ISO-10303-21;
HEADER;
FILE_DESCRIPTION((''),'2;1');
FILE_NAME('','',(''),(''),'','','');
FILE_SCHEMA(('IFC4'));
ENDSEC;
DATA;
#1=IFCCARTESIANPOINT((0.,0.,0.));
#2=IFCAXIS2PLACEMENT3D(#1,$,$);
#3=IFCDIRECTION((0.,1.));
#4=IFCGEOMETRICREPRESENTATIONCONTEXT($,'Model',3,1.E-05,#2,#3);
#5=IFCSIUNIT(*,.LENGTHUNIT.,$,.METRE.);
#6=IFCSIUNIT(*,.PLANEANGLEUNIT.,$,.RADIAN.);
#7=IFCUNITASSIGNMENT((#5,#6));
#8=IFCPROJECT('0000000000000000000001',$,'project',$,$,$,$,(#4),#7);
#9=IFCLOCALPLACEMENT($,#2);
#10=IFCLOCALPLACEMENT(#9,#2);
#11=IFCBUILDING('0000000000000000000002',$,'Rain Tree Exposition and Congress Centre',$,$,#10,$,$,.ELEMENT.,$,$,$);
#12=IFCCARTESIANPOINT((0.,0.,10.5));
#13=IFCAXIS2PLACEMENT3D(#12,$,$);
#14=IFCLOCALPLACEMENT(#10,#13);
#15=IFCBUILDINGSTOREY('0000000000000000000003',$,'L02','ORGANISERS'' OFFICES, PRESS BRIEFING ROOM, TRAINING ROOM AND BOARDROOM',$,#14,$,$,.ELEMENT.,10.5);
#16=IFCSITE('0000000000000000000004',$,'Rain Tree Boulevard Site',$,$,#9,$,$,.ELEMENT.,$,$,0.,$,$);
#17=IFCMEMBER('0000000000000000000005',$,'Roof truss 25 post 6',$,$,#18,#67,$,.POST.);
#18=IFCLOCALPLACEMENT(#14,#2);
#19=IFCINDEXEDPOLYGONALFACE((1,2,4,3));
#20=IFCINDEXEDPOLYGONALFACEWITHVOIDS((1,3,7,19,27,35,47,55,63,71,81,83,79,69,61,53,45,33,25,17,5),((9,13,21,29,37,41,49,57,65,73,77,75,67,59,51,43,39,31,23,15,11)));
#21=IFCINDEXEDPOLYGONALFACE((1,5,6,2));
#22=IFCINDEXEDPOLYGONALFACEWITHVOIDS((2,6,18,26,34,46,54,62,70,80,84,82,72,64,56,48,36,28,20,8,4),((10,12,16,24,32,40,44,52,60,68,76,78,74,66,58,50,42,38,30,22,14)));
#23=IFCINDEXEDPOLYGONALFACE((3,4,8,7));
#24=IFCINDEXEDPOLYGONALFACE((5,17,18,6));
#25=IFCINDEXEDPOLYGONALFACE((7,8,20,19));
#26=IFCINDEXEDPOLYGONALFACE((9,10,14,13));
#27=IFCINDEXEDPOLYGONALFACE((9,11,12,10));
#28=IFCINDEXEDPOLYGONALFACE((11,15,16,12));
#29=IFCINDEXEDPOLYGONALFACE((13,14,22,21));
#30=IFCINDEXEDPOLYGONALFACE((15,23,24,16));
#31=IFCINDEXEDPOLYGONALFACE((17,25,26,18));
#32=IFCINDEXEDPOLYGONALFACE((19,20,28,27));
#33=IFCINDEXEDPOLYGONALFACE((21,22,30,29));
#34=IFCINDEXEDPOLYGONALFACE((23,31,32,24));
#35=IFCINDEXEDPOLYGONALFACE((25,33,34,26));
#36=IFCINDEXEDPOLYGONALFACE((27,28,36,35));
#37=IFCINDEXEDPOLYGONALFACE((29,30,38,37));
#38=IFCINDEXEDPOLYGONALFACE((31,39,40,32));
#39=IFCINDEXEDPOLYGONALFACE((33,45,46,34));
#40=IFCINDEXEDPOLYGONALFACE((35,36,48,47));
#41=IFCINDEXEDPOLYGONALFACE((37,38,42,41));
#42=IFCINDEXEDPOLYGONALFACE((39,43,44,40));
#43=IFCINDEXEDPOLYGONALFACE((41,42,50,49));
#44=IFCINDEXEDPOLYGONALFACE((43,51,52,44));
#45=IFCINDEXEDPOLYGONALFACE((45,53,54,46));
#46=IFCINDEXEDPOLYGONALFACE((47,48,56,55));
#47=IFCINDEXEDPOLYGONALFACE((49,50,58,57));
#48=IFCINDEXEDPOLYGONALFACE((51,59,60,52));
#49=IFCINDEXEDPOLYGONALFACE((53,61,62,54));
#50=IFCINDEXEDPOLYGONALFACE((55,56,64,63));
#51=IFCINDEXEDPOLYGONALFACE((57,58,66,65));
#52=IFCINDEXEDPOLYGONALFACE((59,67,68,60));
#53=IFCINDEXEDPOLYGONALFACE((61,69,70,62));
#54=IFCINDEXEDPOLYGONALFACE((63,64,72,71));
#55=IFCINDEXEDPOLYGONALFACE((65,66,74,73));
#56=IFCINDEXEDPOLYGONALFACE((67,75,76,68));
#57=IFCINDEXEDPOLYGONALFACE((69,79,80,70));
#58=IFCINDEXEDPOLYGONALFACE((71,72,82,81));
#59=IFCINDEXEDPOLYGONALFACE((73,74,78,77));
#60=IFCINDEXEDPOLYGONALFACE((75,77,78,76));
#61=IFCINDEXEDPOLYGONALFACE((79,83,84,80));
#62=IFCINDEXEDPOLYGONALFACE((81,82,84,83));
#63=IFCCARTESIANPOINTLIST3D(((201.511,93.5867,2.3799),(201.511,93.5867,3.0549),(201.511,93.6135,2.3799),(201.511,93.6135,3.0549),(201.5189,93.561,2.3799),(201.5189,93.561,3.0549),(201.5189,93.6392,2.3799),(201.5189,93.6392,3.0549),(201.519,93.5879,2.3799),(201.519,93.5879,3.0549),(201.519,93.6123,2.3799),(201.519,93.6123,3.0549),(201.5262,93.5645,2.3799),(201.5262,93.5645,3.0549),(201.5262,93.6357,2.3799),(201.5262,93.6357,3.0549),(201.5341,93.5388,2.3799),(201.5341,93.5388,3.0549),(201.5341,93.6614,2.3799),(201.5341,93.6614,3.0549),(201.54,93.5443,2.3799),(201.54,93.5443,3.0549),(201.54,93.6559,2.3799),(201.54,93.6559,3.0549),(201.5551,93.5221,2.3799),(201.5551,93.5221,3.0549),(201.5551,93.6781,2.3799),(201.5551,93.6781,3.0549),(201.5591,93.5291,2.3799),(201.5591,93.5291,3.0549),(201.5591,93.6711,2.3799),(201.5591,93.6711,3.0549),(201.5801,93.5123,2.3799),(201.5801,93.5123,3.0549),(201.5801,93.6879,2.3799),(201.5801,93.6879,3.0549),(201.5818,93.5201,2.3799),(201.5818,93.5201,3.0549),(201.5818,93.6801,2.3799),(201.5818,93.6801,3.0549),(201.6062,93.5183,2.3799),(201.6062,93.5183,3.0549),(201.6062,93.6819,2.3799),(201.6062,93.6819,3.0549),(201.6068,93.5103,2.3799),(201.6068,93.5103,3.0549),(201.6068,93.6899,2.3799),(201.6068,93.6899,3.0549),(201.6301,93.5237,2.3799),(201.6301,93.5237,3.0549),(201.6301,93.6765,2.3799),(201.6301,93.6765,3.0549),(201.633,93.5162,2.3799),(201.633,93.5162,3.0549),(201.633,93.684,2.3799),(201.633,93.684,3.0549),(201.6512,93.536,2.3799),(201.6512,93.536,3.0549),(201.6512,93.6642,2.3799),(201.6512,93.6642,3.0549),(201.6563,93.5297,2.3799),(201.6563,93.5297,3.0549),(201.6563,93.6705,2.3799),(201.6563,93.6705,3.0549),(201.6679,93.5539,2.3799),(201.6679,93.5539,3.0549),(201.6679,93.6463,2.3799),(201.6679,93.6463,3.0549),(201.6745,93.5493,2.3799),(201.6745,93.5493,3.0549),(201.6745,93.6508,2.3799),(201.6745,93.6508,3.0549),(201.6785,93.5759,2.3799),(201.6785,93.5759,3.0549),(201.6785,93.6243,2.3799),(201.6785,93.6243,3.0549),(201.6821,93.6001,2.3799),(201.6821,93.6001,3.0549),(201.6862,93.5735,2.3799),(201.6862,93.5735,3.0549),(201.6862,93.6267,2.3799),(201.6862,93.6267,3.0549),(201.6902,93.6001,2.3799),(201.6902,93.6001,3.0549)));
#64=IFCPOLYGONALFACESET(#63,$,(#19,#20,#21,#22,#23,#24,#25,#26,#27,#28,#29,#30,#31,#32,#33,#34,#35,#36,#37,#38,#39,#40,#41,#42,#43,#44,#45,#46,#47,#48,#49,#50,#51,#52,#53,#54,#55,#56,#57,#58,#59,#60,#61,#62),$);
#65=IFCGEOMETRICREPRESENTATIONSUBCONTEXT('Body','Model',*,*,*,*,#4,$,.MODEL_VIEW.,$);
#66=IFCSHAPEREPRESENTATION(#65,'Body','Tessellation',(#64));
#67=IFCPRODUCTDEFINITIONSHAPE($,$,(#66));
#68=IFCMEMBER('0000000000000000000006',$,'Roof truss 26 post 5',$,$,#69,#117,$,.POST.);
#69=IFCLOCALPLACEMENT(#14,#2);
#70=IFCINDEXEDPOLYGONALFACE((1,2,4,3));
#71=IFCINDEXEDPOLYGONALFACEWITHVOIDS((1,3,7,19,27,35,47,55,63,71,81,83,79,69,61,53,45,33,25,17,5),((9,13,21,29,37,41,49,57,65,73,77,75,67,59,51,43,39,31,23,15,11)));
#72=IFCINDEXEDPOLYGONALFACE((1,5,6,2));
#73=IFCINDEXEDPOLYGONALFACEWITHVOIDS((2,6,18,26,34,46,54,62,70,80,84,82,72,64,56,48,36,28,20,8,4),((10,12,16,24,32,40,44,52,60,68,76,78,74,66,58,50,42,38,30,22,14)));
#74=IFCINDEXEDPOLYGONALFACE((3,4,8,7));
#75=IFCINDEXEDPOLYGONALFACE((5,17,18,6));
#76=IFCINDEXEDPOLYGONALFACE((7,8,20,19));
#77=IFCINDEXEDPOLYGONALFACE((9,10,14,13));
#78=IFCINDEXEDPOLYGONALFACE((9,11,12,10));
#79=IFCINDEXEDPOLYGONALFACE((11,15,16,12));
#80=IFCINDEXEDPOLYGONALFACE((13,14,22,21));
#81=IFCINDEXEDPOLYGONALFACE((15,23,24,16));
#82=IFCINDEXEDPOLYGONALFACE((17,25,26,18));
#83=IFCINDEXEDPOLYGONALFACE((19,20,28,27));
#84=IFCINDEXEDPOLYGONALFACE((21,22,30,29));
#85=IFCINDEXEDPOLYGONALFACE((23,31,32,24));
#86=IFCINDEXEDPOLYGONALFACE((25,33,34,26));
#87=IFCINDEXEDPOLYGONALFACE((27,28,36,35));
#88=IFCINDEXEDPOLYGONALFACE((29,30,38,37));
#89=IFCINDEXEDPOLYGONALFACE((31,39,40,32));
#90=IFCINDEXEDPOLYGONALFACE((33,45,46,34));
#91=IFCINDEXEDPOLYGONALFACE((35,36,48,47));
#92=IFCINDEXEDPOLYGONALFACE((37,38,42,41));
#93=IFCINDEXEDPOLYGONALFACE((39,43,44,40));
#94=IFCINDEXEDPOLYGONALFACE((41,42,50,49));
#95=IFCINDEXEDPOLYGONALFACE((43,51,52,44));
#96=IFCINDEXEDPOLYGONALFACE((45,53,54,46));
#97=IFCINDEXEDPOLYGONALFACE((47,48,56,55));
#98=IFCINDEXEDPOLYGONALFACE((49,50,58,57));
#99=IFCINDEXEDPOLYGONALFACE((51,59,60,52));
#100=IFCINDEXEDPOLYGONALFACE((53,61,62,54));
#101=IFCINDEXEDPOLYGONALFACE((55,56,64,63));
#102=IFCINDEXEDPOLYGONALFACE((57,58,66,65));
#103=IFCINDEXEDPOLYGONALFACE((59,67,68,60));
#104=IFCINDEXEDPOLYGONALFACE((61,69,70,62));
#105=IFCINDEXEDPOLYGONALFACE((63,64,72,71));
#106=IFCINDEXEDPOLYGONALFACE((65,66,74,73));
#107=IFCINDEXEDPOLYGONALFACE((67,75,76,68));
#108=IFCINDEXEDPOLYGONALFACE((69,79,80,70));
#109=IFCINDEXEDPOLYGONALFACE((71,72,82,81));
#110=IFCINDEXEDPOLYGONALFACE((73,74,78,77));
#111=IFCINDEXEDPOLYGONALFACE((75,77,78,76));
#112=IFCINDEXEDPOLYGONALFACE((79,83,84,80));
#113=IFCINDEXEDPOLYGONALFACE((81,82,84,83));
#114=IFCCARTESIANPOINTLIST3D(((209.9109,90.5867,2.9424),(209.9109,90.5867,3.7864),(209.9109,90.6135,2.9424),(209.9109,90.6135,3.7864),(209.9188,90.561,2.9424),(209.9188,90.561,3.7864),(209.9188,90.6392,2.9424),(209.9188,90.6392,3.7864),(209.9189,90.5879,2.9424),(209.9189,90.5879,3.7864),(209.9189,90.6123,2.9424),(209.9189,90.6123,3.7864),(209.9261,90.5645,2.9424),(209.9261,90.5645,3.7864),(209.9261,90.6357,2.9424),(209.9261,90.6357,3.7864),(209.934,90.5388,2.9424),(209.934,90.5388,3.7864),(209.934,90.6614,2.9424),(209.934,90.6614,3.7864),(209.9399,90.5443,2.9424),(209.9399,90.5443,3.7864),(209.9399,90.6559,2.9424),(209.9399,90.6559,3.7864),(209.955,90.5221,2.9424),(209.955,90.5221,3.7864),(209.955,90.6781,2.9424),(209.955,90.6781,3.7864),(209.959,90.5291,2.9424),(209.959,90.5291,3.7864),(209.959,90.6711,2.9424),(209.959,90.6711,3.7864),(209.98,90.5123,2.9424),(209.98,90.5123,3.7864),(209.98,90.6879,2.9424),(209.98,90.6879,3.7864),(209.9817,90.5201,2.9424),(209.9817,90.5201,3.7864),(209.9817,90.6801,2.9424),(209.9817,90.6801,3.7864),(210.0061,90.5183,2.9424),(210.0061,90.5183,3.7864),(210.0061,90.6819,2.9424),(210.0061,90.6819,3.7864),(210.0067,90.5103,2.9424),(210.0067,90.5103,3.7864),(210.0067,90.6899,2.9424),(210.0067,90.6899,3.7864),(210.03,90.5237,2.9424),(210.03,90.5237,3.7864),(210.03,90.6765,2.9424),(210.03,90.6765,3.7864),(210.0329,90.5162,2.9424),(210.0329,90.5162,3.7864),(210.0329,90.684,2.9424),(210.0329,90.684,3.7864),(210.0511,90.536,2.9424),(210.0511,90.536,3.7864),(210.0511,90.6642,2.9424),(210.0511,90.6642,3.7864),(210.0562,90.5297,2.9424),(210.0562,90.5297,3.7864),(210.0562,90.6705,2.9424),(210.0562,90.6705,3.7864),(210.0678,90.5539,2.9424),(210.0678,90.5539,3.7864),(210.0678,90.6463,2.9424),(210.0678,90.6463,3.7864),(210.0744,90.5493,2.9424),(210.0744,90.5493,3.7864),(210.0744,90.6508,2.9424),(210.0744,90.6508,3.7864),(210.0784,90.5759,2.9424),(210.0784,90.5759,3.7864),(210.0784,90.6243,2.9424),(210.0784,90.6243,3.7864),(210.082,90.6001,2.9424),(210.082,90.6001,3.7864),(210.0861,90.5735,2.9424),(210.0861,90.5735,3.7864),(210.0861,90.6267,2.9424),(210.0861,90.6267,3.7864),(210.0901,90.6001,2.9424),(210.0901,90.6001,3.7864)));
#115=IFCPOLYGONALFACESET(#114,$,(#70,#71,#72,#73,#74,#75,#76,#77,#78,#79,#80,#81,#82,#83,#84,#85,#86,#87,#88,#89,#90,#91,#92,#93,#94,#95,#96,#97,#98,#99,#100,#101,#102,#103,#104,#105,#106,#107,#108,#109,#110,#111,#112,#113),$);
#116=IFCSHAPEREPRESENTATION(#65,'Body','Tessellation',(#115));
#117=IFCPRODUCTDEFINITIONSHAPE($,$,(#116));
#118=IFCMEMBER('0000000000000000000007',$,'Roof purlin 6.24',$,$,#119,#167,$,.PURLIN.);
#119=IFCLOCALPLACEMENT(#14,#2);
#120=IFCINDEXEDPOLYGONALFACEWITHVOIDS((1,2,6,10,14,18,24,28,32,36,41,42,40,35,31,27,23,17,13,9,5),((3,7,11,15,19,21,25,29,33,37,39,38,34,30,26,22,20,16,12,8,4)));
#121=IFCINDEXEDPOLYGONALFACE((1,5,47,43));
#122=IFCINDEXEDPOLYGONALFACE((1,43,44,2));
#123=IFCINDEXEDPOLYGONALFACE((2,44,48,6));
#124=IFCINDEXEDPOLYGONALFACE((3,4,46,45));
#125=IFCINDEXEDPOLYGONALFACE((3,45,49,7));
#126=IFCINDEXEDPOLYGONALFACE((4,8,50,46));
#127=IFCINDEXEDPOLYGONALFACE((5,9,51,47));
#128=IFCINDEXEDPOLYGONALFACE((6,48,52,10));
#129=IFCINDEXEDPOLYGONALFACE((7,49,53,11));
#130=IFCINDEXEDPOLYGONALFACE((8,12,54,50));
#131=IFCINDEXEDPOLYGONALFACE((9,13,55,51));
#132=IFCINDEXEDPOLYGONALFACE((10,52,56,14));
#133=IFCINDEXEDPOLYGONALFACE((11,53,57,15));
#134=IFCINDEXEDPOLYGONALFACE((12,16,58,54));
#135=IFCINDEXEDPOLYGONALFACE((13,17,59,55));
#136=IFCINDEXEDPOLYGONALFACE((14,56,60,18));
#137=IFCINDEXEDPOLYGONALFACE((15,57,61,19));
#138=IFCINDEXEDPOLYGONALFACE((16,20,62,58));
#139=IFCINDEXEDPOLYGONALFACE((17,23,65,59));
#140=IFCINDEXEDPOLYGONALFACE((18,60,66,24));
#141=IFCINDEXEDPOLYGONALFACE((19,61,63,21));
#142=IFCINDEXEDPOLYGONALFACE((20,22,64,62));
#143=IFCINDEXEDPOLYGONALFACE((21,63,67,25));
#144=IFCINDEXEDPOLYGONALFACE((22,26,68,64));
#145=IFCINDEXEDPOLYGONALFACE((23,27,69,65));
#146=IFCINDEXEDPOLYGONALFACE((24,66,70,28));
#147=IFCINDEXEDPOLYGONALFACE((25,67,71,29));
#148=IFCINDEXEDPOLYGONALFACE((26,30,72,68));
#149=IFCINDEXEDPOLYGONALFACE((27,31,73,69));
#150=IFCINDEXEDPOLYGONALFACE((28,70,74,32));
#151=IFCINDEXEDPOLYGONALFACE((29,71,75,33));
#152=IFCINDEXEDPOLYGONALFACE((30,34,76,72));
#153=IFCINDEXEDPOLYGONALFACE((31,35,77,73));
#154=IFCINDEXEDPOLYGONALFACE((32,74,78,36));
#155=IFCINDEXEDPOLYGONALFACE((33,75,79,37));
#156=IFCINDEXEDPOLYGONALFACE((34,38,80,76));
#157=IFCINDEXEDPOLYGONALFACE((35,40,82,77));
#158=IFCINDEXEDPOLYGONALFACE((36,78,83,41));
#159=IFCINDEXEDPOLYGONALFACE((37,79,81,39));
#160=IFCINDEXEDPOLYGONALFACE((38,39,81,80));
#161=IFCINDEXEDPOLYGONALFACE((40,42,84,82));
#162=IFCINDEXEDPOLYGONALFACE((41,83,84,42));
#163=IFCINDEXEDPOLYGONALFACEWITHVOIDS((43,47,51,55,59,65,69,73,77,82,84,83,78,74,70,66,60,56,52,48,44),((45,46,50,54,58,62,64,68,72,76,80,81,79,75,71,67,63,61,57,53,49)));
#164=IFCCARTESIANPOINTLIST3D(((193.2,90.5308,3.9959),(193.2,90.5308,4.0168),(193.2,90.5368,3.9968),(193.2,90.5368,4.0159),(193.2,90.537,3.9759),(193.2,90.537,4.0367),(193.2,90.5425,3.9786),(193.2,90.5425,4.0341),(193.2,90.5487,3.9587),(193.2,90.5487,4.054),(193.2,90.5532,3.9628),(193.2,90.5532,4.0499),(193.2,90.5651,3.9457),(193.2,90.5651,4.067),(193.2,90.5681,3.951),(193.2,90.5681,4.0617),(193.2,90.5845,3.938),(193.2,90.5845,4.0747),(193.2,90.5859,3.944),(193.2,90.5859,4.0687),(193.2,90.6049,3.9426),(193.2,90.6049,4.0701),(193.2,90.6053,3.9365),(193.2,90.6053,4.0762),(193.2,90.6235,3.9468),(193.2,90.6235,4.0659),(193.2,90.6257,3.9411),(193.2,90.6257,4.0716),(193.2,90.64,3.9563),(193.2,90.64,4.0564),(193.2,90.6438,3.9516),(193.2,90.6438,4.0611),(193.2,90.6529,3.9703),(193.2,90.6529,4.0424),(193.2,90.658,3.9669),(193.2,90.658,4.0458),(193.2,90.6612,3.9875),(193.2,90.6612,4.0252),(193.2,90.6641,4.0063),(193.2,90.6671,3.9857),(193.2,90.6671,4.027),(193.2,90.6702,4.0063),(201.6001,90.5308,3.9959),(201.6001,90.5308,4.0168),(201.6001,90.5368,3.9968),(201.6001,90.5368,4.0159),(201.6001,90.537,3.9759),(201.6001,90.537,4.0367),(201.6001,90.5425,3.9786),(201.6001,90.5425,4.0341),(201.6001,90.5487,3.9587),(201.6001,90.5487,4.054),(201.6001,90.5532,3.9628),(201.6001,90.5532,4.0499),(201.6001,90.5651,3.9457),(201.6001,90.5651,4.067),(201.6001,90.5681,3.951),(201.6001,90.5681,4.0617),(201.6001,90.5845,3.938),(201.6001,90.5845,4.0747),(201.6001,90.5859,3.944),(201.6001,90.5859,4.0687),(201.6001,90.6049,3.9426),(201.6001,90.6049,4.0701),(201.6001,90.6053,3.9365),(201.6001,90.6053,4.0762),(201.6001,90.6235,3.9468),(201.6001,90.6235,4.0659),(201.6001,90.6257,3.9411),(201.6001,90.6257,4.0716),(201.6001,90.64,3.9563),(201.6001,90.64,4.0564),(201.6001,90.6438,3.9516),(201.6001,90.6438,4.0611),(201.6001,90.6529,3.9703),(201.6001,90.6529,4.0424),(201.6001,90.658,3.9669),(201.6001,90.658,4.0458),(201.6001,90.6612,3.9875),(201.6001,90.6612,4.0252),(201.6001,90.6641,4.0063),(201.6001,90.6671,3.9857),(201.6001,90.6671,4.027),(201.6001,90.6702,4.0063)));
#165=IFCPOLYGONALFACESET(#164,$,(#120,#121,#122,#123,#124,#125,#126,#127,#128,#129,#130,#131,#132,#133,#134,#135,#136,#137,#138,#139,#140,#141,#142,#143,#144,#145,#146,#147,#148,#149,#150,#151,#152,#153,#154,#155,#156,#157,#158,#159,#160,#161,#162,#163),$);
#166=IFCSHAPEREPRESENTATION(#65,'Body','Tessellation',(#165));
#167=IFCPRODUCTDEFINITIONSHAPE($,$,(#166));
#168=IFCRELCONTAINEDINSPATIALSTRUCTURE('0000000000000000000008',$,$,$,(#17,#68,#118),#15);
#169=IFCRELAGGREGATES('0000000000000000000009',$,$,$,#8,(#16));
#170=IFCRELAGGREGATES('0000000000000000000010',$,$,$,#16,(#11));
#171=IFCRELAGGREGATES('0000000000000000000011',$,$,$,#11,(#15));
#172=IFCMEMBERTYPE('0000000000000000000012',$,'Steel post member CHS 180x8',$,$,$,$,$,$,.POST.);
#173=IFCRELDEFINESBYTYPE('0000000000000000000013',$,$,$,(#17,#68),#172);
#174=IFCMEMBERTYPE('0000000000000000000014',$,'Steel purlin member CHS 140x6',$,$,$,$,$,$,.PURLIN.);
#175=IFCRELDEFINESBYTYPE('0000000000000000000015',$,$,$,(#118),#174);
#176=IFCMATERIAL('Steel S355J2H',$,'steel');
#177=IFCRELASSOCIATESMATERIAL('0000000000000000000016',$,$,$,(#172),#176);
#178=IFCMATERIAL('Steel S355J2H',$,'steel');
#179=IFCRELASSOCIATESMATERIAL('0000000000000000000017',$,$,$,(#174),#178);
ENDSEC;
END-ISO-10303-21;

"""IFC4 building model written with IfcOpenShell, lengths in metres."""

from ifc_helpers import new_model, si_unit, direction, frame, origin, origin_2d, place, context, subcontext, project, spatial, hollow_circle, extrude, material, material_profile, profile_set, type_object, element, save


model = new_model("IFC4")

# Units and contexts
model_context = context("Model", 3, precision=1e-05, world=origin(), true_north=direction((0.0, 1.0)))
body_context = subcontext(model_context, "Body", "Model", "MODEL_VIEW")
ifc_project = project(units=[si_unit("LENGTHUNIT", "METRE"), si_unit("PLANEANGLEUNIT", "RADIAN")], contexts=[model_context])

# Site, building, storey
site_placement = place(None, origin())
site = spatial("IfcSite", under=ifc_project, at=site_placement, Name="Rain Tree Boulevard Site", CompositionType="ELEMENT", RefElevation=0.0)
building_placement = place(site_placement, origin())
building = spatial("IfcBuilding", under=site, at=building_placement, Name="Rain Tree Exposition and Congress Centre", CompositionType="ELEMENT")
storey_placement = place(building_placement, frame((0.0, 0.0, 10.5)))
storey = spatial("IfcBuildingStorey", under=building, at=storey_placement, Name="L02", Description="ORGANISERS' OFFICES, PRESS BRIEFING ROOM, TRAINING ROOM AND BOARDROOM", CompositionType="ELEMENT", Elevation=10.5)

# Members
ifc_material_1 = material(Name="Steel S355J2H", Category="steel")
ifc_material_profile_1 = material_profile(ifc_material_1, hollow_circle(Radius=0.0901, WallThickness=0.0081, at=origin_2d()), Name="CHS 180x8")
ifc_profile_set_1 = profile_set([ifc_material_profile_1], Name="Steel S355J2H")
member_type_1 = type_object("IfcMemberType", Name="Steel post member CHS 180x8", PredefinedType="POST", material=ifc_profile_set_1)
member_1_placement = place(storey_placement, frame((201.6001, 93.6001, 2.3799), z_axis=(0.0, 0.0, 1.0), x_axis=(1.0, 0.0, 0.0)))
element("IfcMember", 1, at=member_1_placement, inside=storey, type_object=member_type_1, Name="Roof truss 25 post 6", PredefinedType="POST", context=body_context, shape_type="SweptSolid", body=[
    extrude(hollow_circle(Radius=0.0901, WallThickness=0.0081, at=origin_2d()), origin(), (0.0, 0.0, 1.0), 0.675),
])
member_2_placement = place(storey_placement, frame((210.0, 90.6001, 2.9424), z_axis=(0.0, 0.0, 1.0), x_axis=(1.0, 0.0, 0.0)))
element("IfcMember", 2, at=member_2_placement, inside=storey, type_object=member_type_1, Name="Roof truss 26 post 5", PredefinedType="POST", context=body_context, shape_type="SweptSolid", body=[
    extrude(hollow_circle(Radius=0.0901, WallThickness=0.0081, at=origin_2d()), origin(), (0.0, 0.0, 1.0), 0.844),
])
ifc_material_2 = material(Name="Steel S355J2H", Category="steel")
ifc_material_profile_2 = material_profile(ifc_material_2, hollow_circle(Radius=0.0701, WallThickness=0.0061, at=origin_2d()), Name="CHS 140x6")
ifc_profile_set_2 = profile_set([ifc_material_profile_2], Name="Steel S355J2H")
member_type_2 = type_object("IfcMemberType", Name="Steel purlin member CHS 140x6", PredefinedType="PURLIN", material=ifc_profile_set_2)
member_3_placement = place(storey_placement, frame((193.2, 90.6001, 4.0063), z_axis=(1.0, 0.0, 0.0), x_axis=(0.0, 1.0, 0.0)))
element("IfcMember", 3, at=member_3_placement, inside=storey, type_object=member_type_2, Name="Roof purlin 6.24", PredefinedType="PURLIN", context=body_context, shape_type="SweptSolid", body=[
    extrude(hollow_circle(Radius=0.0701, WallThickness=0.0061, at=origin_2d()), origin(), (0.0, 0.0, 1.0), 8.4001),
])

save(model, "model.ifc")
